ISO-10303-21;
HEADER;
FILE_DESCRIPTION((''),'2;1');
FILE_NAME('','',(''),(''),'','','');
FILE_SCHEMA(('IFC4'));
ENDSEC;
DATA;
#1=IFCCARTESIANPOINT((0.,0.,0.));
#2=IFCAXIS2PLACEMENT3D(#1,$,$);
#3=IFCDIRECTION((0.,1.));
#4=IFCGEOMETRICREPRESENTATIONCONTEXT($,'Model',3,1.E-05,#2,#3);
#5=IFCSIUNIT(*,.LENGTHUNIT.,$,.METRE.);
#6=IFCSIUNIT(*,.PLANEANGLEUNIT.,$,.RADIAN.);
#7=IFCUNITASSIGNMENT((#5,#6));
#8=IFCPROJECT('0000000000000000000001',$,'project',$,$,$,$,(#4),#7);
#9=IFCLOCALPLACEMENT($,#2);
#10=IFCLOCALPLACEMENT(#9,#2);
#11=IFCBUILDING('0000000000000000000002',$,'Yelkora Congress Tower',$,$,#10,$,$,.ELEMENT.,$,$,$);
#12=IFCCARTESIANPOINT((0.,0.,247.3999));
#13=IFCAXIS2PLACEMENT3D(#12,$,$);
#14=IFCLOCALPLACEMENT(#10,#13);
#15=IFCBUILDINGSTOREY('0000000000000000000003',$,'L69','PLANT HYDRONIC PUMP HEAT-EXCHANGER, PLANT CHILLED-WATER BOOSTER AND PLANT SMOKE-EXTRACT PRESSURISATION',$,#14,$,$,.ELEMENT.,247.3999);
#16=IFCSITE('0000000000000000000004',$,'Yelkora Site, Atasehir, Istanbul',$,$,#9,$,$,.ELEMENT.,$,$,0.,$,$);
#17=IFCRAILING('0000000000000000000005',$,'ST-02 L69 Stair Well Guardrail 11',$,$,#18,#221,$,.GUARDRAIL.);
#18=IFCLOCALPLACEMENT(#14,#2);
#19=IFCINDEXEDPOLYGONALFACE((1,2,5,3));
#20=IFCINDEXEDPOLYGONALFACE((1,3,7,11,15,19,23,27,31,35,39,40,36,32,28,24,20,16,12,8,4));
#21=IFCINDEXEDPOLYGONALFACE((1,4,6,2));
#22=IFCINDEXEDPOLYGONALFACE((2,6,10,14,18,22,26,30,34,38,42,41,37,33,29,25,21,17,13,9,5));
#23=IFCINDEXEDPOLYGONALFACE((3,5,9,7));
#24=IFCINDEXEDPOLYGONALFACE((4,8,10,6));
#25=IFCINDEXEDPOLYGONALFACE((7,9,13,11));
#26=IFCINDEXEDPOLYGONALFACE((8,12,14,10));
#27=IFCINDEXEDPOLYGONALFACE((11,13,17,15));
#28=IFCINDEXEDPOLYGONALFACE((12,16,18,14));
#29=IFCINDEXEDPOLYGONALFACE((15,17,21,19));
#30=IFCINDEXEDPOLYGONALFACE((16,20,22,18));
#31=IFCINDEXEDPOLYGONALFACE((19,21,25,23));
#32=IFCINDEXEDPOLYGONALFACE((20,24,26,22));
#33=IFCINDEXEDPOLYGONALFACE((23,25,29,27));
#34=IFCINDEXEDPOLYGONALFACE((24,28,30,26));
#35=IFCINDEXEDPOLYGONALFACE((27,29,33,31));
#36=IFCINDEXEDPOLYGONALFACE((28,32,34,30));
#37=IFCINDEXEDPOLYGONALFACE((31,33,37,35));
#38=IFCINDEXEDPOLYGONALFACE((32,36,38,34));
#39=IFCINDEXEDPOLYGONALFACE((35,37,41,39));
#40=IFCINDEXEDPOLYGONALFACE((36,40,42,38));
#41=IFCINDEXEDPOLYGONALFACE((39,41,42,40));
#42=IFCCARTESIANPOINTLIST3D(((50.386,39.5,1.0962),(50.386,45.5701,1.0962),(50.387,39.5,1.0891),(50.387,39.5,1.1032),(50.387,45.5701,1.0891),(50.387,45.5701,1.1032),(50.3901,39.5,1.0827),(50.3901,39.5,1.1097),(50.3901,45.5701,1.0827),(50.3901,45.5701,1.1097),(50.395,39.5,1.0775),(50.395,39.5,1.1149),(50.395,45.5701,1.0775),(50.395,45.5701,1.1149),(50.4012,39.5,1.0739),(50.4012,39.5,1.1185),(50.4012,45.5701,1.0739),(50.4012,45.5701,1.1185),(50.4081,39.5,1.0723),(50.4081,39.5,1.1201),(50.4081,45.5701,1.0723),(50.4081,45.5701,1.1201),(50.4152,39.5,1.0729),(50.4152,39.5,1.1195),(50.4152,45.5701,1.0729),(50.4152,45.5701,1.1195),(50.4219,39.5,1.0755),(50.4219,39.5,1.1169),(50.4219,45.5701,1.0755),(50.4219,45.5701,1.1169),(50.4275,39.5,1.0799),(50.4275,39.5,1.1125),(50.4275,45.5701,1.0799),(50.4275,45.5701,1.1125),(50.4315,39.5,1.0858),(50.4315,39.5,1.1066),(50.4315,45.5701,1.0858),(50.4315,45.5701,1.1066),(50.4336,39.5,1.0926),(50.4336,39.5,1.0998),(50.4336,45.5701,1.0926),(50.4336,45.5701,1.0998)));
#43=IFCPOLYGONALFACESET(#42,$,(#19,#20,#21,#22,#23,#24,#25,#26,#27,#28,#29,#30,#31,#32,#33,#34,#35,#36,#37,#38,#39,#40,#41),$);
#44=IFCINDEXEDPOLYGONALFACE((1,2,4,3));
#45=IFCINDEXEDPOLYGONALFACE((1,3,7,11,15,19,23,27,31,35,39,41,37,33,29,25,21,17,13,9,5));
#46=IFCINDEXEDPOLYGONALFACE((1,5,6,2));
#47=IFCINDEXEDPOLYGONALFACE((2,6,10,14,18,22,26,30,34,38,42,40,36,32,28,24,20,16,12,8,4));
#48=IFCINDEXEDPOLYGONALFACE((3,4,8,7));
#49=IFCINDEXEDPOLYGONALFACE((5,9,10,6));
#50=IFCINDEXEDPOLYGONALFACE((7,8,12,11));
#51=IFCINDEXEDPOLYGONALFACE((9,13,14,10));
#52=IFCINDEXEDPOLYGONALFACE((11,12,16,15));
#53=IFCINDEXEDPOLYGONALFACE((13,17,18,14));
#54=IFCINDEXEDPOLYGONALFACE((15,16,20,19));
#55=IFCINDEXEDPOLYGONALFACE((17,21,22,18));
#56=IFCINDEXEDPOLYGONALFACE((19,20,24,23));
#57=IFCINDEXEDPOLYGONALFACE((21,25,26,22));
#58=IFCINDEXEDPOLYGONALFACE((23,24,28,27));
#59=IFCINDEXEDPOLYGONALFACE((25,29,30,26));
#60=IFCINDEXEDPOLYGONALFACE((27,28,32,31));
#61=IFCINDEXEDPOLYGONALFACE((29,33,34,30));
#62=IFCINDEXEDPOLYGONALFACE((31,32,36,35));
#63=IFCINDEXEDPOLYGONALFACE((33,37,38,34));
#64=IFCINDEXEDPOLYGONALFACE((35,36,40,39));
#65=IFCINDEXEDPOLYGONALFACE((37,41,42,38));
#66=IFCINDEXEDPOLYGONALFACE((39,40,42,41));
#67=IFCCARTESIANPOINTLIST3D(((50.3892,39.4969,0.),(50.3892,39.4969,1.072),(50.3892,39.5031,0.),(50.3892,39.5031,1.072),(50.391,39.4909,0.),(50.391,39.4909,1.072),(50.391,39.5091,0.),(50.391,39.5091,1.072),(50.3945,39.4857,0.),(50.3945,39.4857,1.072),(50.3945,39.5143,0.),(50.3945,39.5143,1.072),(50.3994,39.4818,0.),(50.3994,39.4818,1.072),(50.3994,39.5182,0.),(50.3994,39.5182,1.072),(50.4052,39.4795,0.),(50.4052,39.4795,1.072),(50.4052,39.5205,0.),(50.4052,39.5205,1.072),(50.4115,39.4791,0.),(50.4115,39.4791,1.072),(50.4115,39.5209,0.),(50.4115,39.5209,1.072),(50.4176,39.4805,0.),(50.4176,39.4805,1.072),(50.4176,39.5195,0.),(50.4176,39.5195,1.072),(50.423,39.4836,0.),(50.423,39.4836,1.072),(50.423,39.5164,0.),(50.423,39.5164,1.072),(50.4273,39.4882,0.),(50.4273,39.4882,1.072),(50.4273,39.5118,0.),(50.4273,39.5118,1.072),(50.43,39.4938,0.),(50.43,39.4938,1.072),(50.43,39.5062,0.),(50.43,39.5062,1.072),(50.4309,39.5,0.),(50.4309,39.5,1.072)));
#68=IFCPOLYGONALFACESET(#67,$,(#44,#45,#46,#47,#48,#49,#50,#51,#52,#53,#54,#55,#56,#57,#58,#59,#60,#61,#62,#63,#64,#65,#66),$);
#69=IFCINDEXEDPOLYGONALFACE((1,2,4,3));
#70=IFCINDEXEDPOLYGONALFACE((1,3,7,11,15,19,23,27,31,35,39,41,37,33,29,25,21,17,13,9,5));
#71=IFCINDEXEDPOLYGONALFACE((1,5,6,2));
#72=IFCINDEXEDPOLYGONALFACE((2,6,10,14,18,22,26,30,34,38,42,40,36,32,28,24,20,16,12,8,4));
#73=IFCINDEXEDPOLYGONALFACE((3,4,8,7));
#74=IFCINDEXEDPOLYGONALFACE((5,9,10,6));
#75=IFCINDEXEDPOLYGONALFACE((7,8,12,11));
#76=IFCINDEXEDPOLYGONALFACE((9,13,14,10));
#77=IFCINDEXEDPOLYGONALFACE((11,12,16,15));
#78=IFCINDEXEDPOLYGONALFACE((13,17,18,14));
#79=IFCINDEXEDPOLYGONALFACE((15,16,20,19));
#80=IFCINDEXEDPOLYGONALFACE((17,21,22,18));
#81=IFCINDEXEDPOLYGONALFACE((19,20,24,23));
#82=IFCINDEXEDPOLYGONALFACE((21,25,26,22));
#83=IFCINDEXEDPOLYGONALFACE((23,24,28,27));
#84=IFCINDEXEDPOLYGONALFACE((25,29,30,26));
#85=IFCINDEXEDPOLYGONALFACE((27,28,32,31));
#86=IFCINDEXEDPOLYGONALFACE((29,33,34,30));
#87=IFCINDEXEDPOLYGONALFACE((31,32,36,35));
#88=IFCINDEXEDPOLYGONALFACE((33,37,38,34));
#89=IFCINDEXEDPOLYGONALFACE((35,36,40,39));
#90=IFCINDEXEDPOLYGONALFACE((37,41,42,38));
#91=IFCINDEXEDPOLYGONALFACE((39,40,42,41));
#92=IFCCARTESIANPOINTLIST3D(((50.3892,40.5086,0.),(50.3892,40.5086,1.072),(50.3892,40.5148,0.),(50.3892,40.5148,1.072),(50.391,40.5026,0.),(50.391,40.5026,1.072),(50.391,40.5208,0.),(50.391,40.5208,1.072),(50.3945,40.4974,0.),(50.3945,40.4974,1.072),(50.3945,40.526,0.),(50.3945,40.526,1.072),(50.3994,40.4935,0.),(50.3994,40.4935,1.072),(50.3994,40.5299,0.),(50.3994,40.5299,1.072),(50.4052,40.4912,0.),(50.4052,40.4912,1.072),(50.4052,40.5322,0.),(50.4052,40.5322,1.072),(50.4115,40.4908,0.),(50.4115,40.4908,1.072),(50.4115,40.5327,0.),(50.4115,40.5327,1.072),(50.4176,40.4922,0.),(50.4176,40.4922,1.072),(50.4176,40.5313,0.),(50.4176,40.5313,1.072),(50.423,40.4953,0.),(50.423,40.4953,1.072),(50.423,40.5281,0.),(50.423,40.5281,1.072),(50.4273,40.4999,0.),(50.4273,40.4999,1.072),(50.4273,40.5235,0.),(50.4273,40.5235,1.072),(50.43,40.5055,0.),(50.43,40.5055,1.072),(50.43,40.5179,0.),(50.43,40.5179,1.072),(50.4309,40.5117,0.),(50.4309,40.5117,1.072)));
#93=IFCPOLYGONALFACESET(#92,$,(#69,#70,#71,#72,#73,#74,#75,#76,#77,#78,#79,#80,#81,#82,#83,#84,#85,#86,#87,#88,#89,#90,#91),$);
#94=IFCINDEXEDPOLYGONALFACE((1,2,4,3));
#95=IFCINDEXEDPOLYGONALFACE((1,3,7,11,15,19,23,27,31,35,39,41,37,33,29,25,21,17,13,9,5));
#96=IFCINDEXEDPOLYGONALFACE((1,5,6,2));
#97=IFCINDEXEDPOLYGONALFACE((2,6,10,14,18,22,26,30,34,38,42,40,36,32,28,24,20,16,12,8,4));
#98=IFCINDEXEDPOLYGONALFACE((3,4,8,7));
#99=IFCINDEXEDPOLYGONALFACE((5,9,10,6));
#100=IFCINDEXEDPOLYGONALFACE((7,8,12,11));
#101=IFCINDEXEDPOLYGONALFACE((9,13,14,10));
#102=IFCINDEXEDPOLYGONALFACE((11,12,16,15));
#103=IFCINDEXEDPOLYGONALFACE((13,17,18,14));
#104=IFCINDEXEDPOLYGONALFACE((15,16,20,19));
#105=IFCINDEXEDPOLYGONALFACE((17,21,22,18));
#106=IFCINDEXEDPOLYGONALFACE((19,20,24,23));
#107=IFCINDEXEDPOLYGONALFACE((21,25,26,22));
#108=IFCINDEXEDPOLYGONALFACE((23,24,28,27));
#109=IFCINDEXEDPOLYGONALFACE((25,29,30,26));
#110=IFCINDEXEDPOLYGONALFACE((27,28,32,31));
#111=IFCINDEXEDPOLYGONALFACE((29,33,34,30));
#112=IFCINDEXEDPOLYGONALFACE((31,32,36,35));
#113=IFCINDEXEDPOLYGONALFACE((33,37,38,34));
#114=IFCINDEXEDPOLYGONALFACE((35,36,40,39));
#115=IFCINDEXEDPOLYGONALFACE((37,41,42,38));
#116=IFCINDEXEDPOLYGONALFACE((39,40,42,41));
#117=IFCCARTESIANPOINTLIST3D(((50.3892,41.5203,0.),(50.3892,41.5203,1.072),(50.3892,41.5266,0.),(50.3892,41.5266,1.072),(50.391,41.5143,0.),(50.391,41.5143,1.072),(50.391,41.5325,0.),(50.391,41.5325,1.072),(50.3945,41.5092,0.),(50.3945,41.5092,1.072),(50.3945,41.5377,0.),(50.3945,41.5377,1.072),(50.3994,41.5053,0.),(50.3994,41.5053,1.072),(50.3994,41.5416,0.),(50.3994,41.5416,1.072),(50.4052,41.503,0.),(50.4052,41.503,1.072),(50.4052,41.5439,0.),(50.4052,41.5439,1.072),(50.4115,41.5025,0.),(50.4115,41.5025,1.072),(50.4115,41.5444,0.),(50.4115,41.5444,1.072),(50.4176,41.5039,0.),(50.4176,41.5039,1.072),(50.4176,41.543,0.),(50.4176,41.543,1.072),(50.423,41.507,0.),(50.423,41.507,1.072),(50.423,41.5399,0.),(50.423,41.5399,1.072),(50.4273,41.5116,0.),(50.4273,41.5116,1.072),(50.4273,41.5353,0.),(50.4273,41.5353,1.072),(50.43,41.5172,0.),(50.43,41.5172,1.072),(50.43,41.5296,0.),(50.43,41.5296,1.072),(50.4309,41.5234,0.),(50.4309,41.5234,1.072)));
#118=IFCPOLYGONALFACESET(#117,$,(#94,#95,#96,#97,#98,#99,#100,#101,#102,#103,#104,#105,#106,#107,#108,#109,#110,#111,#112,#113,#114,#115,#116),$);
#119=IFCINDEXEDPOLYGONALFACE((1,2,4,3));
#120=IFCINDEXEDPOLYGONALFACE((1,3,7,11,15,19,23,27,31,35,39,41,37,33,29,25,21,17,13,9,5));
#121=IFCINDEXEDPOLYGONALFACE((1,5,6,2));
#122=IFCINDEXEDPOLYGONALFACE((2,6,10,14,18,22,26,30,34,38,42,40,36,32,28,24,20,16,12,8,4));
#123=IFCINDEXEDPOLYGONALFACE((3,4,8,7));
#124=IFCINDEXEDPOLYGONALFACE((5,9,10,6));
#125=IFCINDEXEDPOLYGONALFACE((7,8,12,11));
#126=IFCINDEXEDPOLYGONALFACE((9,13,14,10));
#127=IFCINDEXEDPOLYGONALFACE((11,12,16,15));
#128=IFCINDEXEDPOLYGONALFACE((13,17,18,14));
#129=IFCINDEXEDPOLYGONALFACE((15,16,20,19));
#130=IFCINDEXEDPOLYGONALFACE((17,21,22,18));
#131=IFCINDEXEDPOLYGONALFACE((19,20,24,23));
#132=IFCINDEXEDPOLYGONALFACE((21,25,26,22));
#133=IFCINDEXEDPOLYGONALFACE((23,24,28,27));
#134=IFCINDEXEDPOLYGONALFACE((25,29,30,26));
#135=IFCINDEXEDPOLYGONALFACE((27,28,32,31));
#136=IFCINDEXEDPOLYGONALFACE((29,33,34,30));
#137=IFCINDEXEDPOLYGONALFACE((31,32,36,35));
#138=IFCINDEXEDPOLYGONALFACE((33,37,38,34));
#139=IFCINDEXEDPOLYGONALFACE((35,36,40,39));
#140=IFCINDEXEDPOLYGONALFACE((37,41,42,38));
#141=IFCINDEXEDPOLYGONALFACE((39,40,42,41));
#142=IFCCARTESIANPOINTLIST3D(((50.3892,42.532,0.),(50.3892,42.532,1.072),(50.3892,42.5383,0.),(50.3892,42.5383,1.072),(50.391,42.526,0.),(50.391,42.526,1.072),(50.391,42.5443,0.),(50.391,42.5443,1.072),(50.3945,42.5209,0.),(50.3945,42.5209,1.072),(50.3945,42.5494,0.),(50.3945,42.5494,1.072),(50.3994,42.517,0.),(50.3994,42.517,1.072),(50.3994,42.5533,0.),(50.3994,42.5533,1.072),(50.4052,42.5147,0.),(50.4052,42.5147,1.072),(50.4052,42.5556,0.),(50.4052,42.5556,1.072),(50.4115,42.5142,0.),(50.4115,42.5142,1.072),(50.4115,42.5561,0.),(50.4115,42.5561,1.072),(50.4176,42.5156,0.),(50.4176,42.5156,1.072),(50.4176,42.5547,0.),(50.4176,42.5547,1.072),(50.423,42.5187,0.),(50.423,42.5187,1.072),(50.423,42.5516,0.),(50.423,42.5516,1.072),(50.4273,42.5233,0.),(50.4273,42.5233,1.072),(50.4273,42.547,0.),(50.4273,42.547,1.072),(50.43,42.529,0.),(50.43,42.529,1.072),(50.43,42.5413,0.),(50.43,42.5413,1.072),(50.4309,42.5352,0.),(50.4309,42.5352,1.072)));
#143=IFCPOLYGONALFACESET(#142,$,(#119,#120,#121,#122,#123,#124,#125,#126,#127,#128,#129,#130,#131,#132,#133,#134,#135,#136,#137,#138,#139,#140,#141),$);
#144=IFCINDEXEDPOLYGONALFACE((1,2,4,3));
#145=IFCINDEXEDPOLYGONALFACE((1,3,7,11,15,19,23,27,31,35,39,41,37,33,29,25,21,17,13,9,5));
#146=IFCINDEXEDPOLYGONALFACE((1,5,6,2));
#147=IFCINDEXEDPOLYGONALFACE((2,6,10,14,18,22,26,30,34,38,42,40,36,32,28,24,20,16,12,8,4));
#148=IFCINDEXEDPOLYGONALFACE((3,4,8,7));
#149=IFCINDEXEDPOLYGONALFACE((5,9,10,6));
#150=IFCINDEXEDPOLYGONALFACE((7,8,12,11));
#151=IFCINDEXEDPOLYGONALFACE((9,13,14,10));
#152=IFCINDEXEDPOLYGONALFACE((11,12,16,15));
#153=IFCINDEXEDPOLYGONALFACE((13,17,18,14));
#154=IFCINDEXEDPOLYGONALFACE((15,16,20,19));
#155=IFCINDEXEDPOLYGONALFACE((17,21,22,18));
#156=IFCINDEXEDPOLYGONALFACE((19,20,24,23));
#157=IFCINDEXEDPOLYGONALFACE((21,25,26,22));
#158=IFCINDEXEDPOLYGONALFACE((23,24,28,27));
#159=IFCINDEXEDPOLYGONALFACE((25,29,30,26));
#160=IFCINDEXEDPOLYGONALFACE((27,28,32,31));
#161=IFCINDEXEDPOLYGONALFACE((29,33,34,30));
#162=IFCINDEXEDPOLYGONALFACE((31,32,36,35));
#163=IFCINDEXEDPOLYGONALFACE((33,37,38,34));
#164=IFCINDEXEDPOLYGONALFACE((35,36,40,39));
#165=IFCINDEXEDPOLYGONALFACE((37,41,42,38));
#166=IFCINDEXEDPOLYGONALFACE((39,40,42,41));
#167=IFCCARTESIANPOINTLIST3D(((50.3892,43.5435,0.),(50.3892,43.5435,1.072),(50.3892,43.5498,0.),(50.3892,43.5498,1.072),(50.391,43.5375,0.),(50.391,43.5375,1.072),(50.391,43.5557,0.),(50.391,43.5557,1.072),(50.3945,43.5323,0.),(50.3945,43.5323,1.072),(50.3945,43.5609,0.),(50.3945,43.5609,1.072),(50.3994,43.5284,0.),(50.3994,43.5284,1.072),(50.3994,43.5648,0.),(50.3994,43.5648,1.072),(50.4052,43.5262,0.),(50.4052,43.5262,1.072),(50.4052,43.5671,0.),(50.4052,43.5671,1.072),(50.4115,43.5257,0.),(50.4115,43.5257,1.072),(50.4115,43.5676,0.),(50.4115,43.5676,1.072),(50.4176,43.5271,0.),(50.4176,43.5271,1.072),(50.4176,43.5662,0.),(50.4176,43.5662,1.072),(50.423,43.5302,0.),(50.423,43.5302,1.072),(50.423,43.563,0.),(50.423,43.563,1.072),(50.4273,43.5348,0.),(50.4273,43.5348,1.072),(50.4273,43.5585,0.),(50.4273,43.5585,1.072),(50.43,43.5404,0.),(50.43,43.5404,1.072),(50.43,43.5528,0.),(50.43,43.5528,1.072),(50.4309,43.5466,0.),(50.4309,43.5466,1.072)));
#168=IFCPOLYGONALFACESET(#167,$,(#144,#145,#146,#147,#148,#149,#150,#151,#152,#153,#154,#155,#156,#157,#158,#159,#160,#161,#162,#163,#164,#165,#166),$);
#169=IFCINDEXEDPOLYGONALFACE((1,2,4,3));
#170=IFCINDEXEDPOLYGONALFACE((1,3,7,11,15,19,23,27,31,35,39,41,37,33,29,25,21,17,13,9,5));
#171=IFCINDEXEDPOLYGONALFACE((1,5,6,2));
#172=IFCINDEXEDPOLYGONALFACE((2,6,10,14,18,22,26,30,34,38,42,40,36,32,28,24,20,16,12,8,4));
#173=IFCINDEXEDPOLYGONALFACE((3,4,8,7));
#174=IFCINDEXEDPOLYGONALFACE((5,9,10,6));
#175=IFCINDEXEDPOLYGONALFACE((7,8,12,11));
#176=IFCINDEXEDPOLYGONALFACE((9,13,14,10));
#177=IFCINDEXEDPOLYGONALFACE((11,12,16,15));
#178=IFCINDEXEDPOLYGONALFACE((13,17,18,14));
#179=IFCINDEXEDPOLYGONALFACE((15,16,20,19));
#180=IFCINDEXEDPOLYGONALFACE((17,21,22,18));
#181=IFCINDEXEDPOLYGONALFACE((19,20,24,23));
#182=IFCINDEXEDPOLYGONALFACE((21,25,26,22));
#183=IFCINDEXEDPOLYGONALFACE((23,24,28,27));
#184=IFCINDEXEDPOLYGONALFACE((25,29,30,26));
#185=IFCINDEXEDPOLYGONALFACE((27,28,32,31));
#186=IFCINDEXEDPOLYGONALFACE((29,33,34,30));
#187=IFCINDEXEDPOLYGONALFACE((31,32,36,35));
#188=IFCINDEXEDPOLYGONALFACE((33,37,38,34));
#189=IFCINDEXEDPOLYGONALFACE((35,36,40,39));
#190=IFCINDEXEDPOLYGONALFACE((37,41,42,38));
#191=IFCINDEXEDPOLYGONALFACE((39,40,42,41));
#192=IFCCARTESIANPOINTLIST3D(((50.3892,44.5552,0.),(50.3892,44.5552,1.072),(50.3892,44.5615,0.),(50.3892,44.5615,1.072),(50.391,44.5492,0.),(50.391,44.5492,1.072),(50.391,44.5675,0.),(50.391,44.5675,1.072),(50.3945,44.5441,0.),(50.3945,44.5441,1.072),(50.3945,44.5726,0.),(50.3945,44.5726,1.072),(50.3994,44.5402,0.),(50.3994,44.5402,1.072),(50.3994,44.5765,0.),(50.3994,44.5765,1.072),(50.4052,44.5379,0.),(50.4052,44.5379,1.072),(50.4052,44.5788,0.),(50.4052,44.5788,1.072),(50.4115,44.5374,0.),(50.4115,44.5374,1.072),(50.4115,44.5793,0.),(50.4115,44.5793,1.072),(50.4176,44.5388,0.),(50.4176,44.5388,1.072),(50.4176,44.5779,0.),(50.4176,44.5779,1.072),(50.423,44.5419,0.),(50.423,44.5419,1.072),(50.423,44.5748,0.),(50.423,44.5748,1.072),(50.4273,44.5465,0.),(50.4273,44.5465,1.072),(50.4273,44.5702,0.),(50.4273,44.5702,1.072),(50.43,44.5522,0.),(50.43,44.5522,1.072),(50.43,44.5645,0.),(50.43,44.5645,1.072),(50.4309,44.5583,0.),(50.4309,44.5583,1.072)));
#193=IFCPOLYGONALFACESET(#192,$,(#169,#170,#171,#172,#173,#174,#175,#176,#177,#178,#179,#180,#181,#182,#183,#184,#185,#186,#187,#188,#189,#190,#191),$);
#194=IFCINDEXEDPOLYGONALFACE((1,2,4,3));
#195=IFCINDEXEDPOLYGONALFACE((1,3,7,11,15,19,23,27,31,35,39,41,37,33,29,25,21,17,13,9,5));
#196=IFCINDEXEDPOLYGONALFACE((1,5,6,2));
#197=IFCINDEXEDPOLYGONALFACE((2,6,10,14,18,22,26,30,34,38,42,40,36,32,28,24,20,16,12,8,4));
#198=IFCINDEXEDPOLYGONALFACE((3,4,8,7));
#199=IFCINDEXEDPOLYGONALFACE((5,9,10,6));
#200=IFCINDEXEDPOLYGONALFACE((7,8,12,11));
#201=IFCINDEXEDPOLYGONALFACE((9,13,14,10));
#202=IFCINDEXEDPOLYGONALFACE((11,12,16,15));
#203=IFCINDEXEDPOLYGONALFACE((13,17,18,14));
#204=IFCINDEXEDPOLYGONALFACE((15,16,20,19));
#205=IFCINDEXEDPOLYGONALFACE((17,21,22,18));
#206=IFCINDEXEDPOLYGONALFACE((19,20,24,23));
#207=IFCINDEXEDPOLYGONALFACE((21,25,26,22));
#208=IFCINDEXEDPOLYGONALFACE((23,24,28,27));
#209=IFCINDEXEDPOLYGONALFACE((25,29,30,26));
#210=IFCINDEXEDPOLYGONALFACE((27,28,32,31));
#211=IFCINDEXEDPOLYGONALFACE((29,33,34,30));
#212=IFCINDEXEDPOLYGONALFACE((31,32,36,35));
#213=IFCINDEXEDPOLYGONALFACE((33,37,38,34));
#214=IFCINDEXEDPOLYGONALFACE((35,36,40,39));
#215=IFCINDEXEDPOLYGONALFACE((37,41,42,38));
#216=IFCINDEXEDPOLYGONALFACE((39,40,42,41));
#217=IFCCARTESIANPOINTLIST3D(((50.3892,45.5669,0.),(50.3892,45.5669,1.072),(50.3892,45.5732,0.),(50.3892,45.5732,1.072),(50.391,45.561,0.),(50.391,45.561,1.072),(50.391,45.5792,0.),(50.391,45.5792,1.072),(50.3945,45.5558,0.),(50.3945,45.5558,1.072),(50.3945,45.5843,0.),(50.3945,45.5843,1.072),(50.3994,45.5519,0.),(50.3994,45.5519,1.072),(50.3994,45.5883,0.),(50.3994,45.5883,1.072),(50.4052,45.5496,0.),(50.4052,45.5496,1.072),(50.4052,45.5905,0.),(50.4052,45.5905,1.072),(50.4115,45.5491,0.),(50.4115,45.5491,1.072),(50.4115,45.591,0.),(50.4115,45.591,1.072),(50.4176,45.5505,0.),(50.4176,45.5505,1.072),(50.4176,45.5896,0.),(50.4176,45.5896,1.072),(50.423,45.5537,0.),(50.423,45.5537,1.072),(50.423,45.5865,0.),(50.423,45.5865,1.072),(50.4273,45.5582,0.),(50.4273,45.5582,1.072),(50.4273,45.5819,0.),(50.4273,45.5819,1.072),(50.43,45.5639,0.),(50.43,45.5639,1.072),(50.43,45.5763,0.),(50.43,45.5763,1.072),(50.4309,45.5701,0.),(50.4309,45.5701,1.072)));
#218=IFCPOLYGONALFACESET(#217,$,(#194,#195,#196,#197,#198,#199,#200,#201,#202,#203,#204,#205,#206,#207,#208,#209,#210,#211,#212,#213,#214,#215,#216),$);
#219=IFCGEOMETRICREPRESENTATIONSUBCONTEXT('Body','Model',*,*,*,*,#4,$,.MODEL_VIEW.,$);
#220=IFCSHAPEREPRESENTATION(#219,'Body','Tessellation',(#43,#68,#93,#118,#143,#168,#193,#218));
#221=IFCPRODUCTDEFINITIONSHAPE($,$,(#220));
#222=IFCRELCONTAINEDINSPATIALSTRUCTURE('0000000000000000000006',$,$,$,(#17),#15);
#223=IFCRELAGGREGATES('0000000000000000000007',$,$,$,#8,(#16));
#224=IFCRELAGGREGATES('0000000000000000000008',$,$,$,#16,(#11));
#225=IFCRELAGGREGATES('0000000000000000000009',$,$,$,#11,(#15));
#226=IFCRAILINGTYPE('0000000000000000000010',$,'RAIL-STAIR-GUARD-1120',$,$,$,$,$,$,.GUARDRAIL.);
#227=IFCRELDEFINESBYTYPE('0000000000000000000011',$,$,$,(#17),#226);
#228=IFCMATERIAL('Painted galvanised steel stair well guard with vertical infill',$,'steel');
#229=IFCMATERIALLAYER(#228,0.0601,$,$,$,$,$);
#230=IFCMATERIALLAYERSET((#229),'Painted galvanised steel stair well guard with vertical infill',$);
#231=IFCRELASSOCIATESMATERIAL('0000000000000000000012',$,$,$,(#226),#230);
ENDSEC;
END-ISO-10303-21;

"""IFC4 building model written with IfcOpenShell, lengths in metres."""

from ifc_helpers import new_model, si_unit, direction, frame, origin, origin_2d, place, context, subcontext, project, spatial, circle, extrude, material, layer, layer_set, type_object, element, save


model = new_model("IFC4")

# Units and contexts
model_context = context("Model", 3, precision=1e-05, world=origin(), true_north=direction((0.0, 1.0)))
body_context = subcontext(model_context, "Body", "Model", "MODEL_VIEW")
ifc_project = project(units=[si_unit("LENGTHUNIT", "METRE"), si_unit("PLANEANGLEUNIT", "RADIAN")], contexts=[model_context])

# Site, building, storey
site_placement = place(None, origin())
site = spatial("IfcSite", under=ifc_project, at=site_placement, Name="Yelkora Site, Atasehir, Istanbul", CompositionType="ELEMENT", RefElevation=0.0)
building_placement = place(site_placement, origin())
building = spatial("IfcBuilding", under=site, at=building_placement, Name="Yelkora Congress Tower", CompositionType="ELEMENT")
storey_placement = place(building_placement, frame((0.0, 0.0, 247.3999)))
storey = spatial("IfcBuildingStorey", under=building, at=storey_placement, Name="L69", Description="PLANT HYDRONIC PUMP HEAT-EXCHANGER, PLANT CHILLED-WATER BOOSTER AND PLANT SMOKE-EXTRACT PRESSURISATION", CompositionType="ELEMENT", Elevation=247.3999)

# Railing
ifc_material_1 = material(Name="Painted galvanised steel stair well guard with vertical infill", Category="steel")
ifc_layer_1 = layer(ifc_material_1, 0.0601)
ifc_layer_set_1 = layer_set([ifc_layer_1], Name="Painted galvanised steel stair well guard with vertical infill")
railing_type = type_object("IfcRailingType", Name="RAIL-STAIR-GUARD-1120", PredefinedType="GUARDRAIL", material=ifc_layer_set_1)
railing_placement = place(storey_placement, frame((50.4099, 39.5, 0.0)))
element("IfcRailing", 1, at=railing_placement, inside=storey, type_object=railing_type, Name="ST-02 L69 Stair Well Guardrail 11", PredefinedType="GUARDRAIL", context=body_context, shape_type="SweptSolid", body=[
    extrude(circle(Radius=0.0239, at=origin_2d()), frame((0.0, 0.0, 1.0962), z_axis=(0.0, 1.0, 0.0), x_axis=(-1.0, 0.0, 0.0)), (0.0, 0.0, 1.0), 6.0701),
    extrude(circle(Radius=0.021, at=origin_2d()), origin(), (0.0, 0.0, 1.0), 1.072),
    extrude(circle(Radius=0.021, at=origin_2d()), frame((0.0, 1.0117, 0.0)), (0.0, 0.0, 1.0), 1.072),
    extrude(circle(Radius=0.021, at=origin_2d()), frame((0.0, 2.0234, 0.0)), (0.0, 0.0, 1.0), 1.072),
    extrude(circle(Radius=0.021, at=origin_2d()), frame((0.0, 3.0352, 0.0)), (0.0, 0.0, 1.0), 1.072),
    extrude(circle(Radius=0.021, at=origin_2d()), frame((0.0, 4.0466, 0.0)), (0.0, 0.0, 1.0), 1.072),
    extrude(circle(Radius=0.021, at=origin_2d()), frame((0.0, 5.0583, 0.0)), (0.0, 0.0, 1.0), 1.072),
    extrude(circle(Radius=0.021, at=origin_2d()), frame((0.0, 6.0701, 0.0)), (0.0, 0.0, 1.0), 1.072),
])

save(model, "model.ifc")
